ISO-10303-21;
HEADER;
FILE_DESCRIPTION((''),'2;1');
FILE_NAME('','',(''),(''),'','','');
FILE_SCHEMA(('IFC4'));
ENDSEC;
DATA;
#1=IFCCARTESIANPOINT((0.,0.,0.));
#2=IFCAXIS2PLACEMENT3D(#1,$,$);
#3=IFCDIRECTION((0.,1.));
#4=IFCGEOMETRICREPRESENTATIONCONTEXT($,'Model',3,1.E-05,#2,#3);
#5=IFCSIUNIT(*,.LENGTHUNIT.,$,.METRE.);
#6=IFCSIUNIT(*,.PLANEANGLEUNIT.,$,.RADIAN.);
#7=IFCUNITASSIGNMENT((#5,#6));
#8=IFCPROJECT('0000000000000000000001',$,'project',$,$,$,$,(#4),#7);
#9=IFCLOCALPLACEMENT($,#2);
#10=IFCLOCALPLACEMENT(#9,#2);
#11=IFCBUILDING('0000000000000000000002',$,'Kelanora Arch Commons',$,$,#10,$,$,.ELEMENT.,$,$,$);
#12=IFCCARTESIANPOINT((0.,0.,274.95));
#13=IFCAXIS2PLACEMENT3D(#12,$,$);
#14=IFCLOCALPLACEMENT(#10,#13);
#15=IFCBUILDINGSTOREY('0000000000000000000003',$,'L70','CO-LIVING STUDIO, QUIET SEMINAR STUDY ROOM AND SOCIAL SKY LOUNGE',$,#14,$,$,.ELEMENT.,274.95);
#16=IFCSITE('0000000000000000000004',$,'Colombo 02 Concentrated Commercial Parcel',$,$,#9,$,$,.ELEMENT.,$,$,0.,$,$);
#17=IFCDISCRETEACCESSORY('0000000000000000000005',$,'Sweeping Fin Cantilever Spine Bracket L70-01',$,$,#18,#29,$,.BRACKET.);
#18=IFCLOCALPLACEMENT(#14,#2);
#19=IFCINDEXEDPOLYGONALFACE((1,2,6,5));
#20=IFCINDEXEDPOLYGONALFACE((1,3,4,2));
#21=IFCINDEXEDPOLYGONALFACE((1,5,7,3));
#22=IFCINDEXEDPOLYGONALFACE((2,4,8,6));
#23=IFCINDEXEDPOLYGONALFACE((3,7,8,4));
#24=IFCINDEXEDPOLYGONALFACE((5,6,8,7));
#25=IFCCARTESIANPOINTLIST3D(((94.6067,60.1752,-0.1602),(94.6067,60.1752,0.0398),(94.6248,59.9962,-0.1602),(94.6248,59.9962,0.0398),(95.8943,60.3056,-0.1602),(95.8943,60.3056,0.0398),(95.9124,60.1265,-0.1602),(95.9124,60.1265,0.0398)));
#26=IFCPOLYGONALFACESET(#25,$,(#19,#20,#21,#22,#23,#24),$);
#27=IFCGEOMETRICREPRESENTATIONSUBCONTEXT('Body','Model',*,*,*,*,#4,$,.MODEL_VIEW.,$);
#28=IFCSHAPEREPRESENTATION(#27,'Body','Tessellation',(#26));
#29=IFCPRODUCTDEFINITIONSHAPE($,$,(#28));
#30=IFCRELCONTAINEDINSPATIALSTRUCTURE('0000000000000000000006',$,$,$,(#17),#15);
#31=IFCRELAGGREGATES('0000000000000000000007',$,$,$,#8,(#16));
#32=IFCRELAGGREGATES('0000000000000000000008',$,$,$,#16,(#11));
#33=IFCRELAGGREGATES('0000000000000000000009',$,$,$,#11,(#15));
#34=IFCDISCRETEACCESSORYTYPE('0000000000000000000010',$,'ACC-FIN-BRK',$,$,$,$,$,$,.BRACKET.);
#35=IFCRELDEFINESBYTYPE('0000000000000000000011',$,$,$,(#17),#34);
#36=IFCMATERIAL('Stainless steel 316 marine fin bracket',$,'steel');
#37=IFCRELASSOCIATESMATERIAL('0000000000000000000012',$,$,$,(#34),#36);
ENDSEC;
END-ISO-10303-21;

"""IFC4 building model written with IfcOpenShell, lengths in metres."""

from ifc_helpers import new_model, si_unit, direction, frame, origin, origin_2d, place, context, subcontext, project, spatial, rectangle, extrude, source, transform, mapped, material, type_object, element, save


model = new_model("IFC4")

# Units and contexts
model_context = context("Model", 3, precision=1e-05, world=origin(), true_north=direction((0.0, 1.0)))
body_context = subcontext(model_context, "Body", "Model", "MODEL_VIEW")
ifc_project = project(units=[si_unit("LENGTHUNIT", "METRE"), si_unit("PLANEANGLEUNIT", "RADIAN")], contexts=[model_context])

# Site, building, storey
site_placement = place(None, origin())
site = spatial("IfcSite", under=ifc_project, at=site_placement, Name="Colombo 02 Concentrated Commercial Parcel", CompositionType="ELEMENT", RefElevation=0.0)
building_placement = place(site_placement, origin())
building = spatial("IfcBuilding", under=site, at=building_placement, Name="Kelanora Arch Commons", CompositionType="ELEMENT")
storey_placement = place(building_placement, frame((0.0, 0.0, 274.95)))
storey = spatial("IfcBuildingStorey", under=building, at=storey_placement, Name="L70", Description="CO-LIVING STUDIO, QUIET SEMINAR STUDY ROOM AND SOCIAL SKY LOUNGE", CompositionType="ELEMENT", Elevation=274.95)

# Discrete accessory
ifc_material_1 = material(Name="Stainless steel 316 marine fin bracket", Category="steel")
discrete_accessory_type = type_object("IfcDiscreteAccessoryType", Name="ACC-FIN-BRK", PredefinedType="BRACKET", material=ifc_material_1)
shared_shape_1 = source(origin(), body_context, "Body", "SweptSolid", [
    extrude(rectangle(XDim=1.2942, YDim=0.1799, at=origin_2d()), origin(), (0.0, 0.0, 1.0), 0.2),
])
discrete_accessory_placement = place(storey_placement, frame((95.2595, 60.1509, -0.1602), z_axis=(0.0, 0.0, 1.0), x_axis=(0.994916, 0.100709, 0.0)))
element("IfcDiscreteAccessory", 1, at=discrete_accessory_placement, inside=storey, type_object=discrete_accessory_type, Name="Sweeping Fin Cantilever Spine Bracket L70-01", PredefinedType="BRACKET", context=body_context, shape_type="MappedRepresentation", body=[
    mapped(shared_shape_1, transform((0.0, 0.0, 0.0), scale=1.0)),
])

save(model, "model.ifc")
